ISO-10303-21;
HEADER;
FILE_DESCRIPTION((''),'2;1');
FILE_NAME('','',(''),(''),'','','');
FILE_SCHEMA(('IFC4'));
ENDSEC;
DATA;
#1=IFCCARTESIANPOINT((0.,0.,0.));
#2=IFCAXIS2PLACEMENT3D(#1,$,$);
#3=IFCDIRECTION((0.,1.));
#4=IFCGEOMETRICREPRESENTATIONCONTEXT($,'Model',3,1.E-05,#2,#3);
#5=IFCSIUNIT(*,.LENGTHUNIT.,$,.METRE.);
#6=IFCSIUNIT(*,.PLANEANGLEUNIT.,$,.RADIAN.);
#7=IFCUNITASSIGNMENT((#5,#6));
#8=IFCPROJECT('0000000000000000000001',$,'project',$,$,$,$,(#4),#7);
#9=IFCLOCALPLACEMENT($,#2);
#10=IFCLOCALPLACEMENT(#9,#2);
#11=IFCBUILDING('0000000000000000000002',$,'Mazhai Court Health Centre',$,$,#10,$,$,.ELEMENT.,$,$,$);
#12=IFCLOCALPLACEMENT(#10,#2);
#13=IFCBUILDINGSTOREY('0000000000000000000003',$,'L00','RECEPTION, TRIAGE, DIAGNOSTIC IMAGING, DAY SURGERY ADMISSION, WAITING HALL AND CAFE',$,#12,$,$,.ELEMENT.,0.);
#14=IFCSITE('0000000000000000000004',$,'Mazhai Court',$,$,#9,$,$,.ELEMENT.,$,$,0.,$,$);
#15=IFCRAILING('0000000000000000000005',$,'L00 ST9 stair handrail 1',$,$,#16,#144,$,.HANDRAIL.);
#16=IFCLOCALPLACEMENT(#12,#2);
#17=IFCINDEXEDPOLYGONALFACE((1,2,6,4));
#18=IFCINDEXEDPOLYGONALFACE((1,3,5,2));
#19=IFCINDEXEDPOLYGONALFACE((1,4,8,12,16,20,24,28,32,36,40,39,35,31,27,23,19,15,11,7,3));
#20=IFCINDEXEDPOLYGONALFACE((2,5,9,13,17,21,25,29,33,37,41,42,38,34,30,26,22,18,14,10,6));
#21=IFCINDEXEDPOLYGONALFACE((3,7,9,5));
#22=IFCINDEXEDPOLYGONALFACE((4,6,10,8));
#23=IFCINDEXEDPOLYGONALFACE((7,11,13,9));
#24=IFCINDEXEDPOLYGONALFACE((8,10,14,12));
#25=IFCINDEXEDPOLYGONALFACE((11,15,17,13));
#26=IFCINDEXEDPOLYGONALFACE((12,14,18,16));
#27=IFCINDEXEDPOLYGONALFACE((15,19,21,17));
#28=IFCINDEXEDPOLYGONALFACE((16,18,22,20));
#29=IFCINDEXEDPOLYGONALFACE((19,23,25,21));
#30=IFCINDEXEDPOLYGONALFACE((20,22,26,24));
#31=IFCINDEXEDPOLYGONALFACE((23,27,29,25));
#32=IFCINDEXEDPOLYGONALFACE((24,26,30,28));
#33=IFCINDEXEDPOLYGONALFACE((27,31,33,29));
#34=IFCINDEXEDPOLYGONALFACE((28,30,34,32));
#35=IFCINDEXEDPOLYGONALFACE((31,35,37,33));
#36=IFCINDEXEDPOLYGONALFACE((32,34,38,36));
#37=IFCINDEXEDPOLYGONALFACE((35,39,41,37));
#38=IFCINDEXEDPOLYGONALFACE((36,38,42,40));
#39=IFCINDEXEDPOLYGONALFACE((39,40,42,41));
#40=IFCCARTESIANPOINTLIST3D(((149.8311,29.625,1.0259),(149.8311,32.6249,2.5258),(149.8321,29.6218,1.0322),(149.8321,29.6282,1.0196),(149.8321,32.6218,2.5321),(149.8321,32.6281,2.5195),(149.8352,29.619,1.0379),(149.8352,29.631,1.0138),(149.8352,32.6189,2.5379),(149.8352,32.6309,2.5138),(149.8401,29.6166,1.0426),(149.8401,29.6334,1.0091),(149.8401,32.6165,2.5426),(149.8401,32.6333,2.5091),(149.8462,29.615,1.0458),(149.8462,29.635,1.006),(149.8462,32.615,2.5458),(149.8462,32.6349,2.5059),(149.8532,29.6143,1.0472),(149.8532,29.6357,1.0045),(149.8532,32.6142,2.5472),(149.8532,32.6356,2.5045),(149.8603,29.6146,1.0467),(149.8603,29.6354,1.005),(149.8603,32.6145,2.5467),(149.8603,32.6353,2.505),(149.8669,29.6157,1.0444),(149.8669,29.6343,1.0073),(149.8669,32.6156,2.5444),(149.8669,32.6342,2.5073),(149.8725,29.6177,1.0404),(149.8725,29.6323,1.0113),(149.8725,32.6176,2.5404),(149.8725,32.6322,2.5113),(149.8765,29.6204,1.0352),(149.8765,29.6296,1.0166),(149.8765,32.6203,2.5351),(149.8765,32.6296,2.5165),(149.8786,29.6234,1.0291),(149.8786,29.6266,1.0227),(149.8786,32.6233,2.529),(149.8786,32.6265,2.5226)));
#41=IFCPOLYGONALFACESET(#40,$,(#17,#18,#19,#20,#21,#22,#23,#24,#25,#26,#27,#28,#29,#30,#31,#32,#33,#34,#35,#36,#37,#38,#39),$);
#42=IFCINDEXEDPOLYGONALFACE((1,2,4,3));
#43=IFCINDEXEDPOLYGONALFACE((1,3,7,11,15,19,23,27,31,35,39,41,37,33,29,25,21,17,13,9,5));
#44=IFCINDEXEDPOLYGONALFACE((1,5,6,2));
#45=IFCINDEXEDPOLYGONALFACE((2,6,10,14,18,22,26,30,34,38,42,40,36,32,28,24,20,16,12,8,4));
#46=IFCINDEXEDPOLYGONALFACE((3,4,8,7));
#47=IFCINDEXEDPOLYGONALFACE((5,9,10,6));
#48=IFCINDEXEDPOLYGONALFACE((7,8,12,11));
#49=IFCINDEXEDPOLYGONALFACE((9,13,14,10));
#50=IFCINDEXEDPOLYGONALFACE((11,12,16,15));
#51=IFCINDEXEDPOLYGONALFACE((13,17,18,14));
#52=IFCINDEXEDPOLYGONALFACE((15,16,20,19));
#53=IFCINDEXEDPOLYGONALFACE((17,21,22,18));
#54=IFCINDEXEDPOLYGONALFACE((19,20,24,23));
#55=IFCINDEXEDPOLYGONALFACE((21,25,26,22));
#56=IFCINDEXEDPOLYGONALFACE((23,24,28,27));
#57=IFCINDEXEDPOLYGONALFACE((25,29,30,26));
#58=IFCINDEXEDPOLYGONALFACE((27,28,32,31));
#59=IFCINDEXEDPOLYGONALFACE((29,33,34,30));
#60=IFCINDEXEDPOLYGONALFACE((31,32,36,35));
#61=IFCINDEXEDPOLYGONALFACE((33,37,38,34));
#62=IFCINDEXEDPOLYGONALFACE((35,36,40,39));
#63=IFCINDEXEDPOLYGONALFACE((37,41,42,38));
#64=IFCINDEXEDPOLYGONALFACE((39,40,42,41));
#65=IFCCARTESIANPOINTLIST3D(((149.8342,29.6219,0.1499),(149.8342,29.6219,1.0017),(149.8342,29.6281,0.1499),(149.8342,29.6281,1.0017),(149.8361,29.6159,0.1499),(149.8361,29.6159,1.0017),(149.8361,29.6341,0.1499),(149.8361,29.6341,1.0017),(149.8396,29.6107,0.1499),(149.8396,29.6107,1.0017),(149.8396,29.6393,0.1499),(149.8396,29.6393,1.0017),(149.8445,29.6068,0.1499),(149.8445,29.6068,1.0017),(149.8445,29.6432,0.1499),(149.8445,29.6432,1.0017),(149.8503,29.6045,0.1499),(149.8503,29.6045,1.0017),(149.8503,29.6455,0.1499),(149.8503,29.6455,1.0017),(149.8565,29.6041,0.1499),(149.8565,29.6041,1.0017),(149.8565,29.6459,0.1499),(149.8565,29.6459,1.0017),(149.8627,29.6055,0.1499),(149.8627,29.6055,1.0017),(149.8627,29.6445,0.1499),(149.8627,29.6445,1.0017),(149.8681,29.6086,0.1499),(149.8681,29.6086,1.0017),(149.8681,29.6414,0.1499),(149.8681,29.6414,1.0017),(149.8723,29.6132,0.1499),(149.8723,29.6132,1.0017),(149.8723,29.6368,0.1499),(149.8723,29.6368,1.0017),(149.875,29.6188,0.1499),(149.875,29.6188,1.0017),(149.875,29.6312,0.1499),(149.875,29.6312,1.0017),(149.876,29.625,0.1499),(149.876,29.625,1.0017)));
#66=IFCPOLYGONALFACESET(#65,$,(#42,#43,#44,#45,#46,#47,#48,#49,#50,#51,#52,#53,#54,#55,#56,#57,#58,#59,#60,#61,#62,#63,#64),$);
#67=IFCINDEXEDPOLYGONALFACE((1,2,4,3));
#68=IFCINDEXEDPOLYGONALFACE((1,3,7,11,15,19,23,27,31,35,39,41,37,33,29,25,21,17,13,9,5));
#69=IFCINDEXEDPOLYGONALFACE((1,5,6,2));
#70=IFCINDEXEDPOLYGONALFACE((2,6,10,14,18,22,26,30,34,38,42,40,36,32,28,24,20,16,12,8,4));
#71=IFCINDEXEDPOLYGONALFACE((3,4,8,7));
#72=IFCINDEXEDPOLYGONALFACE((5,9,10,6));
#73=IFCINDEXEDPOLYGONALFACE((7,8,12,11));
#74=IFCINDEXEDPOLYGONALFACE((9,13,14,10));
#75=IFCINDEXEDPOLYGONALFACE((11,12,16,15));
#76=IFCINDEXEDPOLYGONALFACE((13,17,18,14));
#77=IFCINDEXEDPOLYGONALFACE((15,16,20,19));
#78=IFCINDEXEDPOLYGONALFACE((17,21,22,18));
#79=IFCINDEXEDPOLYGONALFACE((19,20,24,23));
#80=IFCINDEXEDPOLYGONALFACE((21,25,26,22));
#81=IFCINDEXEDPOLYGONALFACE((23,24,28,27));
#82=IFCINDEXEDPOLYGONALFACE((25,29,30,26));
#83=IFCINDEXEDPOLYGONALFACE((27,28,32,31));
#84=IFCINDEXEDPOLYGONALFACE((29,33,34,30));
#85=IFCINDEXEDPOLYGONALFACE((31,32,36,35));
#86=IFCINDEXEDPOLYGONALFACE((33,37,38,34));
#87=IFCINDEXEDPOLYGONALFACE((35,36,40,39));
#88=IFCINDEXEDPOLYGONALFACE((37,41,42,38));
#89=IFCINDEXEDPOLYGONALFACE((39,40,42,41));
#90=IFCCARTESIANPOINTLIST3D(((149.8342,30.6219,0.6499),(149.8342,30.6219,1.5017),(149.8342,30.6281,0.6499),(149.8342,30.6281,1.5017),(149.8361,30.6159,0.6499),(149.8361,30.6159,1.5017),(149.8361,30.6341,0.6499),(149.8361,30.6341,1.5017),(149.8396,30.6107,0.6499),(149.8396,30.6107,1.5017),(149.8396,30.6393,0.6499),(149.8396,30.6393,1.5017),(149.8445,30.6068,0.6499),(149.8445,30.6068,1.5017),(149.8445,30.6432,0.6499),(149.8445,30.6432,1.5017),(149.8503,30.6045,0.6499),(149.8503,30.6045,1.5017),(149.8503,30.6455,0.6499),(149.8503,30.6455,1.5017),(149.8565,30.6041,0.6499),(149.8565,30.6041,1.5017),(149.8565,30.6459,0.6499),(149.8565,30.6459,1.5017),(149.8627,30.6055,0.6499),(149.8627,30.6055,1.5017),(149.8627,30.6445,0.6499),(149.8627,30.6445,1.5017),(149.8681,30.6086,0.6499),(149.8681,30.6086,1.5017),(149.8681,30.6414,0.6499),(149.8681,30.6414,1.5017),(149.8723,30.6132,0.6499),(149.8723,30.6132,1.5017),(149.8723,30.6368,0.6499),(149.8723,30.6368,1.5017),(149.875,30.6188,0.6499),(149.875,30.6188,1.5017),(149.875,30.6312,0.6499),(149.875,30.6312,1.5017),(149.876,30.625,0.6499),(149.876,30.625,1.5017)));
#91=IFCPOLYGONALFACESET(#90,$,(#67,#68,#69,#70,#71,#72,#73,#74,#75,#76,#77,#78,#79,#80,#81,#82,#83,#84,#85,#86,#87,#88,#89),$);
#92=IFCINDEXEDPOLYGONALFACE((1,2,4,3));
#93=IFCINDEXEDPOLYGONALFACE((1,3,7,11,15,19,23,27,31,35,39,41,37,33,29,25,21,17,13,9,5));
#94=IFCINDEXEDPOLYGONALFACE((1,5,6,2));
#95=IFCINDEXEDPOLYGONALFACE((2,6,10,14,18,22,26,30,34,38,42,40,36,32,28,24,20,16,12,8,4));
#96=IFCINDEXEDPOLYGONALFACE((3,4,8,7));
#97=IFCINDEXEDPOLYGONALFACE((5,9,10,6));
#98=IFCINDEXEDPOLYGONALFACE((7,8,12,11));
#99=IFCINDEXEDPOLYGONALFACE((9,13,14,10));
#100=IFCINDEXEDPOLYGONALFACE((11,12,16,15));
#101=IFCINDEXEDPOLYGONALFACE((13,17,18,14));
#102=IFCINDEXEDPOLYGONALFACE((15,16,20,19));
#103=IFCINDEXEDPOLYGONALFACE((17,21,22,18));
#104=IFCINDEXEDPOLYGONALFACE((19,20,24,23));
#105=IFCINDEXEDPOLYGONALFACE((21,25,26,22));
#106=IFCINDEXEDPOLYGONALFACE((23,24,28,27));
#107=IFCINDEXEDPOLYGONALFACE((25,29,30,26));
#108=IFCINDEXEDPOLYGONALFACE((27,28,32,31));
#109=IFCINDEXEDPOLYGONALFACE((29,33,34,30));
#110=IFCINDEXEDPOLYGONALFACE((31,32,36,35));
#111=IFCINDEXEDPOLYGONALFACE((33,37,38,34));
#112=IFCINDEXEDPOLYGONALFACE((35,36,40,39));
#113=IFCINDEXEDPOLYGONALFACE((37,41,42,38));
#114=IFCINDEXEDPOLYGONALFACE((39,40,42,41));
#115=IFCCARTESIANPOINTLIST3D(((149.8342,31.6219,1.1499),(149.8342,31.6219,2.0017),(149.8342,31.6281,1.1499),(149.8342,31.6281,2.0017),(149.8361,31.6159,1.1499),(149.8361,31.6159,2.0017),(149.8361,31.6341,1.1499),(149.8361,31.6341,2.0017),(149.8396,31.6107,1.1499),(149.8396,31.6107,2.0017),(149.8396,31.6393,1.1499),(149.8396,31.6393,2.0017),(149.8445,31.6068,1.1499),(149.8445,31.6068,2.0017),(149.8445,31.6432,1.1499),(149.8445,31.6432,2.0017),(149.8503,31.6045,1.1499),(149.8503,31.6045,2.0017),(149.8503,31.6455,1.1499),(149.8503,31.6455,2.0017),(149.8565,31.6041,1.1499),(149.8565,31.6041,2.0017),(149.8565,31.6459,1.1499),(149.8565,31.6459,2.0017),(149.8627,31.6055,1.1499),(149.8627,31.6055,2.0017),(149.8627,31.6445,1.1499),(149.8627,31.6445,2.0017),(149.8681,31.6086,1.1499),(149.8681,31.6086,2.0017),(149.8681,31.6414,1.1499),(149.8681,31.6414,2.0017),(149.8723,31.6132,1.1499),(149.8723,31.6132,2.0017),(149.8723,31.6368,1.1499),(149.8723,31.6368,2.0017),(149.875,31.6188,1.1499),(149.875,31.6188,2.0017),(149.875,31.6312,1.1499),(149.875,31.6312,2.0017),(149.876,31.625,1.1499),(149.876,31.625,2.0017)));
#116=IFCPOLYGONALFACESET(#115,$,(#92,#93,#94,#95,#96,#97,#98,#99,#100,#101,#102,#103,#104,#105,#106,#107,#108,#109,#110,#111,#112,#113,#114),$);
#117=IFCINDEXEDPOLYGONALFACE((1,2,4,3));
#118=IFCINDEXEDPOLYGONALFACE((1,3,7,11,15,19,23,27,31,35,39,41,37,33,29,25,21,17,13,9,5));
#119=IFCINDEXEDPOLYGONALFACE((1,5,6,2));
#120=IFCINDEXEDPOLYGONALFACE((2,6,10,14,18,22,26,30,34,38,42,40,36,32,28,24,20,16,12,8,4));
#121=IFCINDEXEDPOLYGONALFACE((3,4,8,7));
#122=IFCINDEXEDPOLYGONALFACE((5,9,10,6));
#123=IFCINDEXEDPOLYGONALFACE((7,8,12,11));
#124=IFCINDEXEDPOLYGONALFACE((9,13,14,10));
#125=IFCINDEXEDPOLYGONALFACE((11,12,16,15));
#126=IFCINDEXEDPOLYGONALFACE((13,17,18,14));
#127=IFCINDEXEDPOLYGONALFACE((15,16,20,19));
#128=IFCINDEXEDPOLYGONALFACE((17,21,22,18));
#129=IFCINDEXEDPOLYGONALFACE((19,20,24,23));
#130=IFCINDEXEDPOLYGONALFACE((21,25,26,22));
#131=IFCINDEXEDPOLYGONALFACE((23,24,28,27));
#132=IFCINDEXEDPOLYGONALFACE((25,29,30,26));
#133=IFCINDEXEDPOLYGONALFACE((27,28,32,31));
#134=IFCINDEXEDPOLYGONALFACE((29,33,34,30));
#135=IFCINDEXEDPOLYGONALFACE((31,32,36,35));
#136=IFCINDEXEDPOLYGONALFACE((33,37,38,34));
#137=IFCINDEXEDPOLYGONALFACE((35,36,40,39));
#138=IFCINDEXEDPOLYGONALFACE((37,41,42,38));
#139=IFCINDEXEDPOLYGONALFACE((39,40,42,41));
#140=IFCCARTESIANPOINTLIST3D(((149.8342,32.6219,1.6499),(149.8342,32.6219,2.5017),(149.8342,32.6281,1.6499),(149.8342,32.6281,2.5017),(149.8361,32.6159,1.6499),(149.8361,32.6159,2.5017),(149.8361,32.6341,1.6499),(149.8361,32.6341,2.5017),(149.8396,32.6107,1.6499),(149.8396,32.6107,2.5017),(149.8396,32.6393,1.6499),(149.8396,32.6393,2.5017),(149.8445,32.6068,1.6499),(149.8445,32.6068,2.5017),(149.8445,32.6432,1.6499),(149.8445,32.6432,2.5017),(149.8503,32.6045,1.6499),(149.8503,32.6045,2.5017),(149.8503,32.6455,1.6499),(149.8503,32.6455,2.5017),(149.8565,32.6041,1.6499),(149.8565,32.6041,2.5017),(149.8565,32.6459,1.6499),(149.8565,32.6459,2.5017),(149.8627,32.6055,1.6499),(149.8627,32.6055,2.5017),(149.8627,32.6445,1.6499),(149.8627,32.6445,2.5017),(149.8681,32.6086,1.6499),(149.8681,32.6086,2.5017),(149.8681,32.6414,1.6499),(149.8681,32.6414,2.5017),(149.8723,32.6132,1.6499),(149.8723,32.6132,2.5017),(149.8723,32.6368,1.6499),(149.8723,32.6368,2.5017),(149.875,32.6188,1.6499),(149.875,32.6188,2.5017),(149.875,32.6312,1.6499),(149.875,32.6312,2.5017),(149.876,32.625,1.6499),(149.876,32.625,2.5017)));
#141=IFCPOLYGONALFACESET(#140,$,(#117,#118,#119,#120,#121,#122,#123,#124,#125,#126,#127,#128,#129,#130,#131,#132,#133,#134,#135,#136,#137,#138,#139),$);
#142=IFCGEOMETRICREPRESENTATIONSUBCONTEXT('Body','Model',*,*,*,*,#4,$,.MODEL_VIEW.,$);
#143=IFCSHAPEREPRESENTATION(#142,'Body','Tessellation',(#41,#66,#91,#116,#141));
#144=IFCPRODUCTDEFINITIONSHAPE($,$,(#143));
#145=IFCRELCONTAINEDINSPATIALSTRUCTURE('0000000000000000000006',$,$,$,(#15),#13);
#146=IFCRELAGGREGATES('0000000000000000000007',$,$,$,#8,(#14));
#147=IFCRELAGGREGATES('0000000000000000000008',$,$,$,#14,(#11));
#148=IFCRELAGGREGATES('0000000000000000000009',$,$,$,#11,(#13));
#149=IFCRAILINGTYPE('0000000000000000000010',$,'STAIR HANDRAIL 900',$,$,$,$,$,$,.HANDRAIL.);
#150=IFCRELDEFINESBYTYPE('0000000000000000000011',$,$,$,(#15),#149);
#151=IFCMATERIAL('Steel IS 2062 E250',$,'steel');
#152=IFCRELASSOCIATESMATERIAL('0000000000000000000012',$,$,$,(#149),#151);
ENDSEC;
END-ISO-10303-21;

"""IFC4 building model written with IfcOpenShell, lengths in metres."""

from ifc_helpers import new_model, si_unit, direction, frame, origin, origin_2d, place, context, subcontext, project, spatial, circle, extrude, material, type_object, element, save


model = new_model("IFC4")

# Units and contexts
model_context = context("Model", 3, precision=1e-05, world=origin(), true_north=direction((0.0, 1.0)))
body_context = subcontext(model_context, "Body", "Model", "MODEL_VIEW")
ifc_project = project(units=[si_unit("LENGTHUNIT", "METRE"), si_unit("PLANEANGLEUNIT", "RADIAN")], contexts=[model_context])

# Site, building, storey
site_placement = place(None, origin())
site = spatial("IfcSite", under=ifc_project, at=site_placement, Name="Mazhai Court", CompositionType="ELEMENT", RefElevation=0.0)
building_placement = place(site_placement, origin())
building = spatial("IfcBuilding", under=site, at=building_placement, Name="Mazhai Court Health Centre", CompositionType="ELEMENT")
storey_placement = place(building_placement, origin())
storey = spatial("IfcBuildingStorey", under=building, at=storey_placement, Name="L00", Description="RECEPTION, TRIAGE, DIAGNOSTIC IMAGING, DAY SURGERY ADMISSION, WAITING HALL AND CAFE", CompositionType="ELEMENT", Elevation=0.0)

# Railing
ifc_material_1 = material(Name="Steel IS 2062 E250", Category="steel")
railing_type_1 = type_object("IfcRailingType", Name="STAIR HANDRAIL 900", PredefinedType="HANDRAIL", material=ifc_material_1)
railing_1_placement = place(storey_placement, frame((149.855, 29.625, 0.1499)))
element("IfcRailing", 1, at=railing_1_placement, inside=storey, type_object=railing_type_1, Name="L00 ST9 stair handrail 1", PredefinedType="HANDRAIL", context=body_context, shape_type="SweptSolid", body=[
    extrude(circle(Radius=0.0239, at=origin_2d()), frame((0.0, 0.0, 0.876), z_axis=(0.0, 0.894427, 0.447214), x_axis=(-1.0, 0.0, 0.0)), (0.0, 0.0, 1.0), 3.354),
    extrude(circle(Radius=0.021, at=origin_2d()), origin(), (0.0, 0.0, 1.0), 0.8518),
    extrude(circle(Radius=0.021, at=origin_2d()), frame((0.0, 1.0, 0.5)), (0.0, 0.0, 1.0), 0.8518),
    extrude(circle(Radius=0.021, at=origin_2d()), frame((0.0, 2.0, 1.0)), (0.0, 0.0, 1.0), 0.8518),
    extrude(circle(Radius=0.021, at=origin_2d()), frame((0.0, 3.0, 1.5)), (0.0, 0.0, 1.0), 0.8518),
])

save(model, "model.ifc")
